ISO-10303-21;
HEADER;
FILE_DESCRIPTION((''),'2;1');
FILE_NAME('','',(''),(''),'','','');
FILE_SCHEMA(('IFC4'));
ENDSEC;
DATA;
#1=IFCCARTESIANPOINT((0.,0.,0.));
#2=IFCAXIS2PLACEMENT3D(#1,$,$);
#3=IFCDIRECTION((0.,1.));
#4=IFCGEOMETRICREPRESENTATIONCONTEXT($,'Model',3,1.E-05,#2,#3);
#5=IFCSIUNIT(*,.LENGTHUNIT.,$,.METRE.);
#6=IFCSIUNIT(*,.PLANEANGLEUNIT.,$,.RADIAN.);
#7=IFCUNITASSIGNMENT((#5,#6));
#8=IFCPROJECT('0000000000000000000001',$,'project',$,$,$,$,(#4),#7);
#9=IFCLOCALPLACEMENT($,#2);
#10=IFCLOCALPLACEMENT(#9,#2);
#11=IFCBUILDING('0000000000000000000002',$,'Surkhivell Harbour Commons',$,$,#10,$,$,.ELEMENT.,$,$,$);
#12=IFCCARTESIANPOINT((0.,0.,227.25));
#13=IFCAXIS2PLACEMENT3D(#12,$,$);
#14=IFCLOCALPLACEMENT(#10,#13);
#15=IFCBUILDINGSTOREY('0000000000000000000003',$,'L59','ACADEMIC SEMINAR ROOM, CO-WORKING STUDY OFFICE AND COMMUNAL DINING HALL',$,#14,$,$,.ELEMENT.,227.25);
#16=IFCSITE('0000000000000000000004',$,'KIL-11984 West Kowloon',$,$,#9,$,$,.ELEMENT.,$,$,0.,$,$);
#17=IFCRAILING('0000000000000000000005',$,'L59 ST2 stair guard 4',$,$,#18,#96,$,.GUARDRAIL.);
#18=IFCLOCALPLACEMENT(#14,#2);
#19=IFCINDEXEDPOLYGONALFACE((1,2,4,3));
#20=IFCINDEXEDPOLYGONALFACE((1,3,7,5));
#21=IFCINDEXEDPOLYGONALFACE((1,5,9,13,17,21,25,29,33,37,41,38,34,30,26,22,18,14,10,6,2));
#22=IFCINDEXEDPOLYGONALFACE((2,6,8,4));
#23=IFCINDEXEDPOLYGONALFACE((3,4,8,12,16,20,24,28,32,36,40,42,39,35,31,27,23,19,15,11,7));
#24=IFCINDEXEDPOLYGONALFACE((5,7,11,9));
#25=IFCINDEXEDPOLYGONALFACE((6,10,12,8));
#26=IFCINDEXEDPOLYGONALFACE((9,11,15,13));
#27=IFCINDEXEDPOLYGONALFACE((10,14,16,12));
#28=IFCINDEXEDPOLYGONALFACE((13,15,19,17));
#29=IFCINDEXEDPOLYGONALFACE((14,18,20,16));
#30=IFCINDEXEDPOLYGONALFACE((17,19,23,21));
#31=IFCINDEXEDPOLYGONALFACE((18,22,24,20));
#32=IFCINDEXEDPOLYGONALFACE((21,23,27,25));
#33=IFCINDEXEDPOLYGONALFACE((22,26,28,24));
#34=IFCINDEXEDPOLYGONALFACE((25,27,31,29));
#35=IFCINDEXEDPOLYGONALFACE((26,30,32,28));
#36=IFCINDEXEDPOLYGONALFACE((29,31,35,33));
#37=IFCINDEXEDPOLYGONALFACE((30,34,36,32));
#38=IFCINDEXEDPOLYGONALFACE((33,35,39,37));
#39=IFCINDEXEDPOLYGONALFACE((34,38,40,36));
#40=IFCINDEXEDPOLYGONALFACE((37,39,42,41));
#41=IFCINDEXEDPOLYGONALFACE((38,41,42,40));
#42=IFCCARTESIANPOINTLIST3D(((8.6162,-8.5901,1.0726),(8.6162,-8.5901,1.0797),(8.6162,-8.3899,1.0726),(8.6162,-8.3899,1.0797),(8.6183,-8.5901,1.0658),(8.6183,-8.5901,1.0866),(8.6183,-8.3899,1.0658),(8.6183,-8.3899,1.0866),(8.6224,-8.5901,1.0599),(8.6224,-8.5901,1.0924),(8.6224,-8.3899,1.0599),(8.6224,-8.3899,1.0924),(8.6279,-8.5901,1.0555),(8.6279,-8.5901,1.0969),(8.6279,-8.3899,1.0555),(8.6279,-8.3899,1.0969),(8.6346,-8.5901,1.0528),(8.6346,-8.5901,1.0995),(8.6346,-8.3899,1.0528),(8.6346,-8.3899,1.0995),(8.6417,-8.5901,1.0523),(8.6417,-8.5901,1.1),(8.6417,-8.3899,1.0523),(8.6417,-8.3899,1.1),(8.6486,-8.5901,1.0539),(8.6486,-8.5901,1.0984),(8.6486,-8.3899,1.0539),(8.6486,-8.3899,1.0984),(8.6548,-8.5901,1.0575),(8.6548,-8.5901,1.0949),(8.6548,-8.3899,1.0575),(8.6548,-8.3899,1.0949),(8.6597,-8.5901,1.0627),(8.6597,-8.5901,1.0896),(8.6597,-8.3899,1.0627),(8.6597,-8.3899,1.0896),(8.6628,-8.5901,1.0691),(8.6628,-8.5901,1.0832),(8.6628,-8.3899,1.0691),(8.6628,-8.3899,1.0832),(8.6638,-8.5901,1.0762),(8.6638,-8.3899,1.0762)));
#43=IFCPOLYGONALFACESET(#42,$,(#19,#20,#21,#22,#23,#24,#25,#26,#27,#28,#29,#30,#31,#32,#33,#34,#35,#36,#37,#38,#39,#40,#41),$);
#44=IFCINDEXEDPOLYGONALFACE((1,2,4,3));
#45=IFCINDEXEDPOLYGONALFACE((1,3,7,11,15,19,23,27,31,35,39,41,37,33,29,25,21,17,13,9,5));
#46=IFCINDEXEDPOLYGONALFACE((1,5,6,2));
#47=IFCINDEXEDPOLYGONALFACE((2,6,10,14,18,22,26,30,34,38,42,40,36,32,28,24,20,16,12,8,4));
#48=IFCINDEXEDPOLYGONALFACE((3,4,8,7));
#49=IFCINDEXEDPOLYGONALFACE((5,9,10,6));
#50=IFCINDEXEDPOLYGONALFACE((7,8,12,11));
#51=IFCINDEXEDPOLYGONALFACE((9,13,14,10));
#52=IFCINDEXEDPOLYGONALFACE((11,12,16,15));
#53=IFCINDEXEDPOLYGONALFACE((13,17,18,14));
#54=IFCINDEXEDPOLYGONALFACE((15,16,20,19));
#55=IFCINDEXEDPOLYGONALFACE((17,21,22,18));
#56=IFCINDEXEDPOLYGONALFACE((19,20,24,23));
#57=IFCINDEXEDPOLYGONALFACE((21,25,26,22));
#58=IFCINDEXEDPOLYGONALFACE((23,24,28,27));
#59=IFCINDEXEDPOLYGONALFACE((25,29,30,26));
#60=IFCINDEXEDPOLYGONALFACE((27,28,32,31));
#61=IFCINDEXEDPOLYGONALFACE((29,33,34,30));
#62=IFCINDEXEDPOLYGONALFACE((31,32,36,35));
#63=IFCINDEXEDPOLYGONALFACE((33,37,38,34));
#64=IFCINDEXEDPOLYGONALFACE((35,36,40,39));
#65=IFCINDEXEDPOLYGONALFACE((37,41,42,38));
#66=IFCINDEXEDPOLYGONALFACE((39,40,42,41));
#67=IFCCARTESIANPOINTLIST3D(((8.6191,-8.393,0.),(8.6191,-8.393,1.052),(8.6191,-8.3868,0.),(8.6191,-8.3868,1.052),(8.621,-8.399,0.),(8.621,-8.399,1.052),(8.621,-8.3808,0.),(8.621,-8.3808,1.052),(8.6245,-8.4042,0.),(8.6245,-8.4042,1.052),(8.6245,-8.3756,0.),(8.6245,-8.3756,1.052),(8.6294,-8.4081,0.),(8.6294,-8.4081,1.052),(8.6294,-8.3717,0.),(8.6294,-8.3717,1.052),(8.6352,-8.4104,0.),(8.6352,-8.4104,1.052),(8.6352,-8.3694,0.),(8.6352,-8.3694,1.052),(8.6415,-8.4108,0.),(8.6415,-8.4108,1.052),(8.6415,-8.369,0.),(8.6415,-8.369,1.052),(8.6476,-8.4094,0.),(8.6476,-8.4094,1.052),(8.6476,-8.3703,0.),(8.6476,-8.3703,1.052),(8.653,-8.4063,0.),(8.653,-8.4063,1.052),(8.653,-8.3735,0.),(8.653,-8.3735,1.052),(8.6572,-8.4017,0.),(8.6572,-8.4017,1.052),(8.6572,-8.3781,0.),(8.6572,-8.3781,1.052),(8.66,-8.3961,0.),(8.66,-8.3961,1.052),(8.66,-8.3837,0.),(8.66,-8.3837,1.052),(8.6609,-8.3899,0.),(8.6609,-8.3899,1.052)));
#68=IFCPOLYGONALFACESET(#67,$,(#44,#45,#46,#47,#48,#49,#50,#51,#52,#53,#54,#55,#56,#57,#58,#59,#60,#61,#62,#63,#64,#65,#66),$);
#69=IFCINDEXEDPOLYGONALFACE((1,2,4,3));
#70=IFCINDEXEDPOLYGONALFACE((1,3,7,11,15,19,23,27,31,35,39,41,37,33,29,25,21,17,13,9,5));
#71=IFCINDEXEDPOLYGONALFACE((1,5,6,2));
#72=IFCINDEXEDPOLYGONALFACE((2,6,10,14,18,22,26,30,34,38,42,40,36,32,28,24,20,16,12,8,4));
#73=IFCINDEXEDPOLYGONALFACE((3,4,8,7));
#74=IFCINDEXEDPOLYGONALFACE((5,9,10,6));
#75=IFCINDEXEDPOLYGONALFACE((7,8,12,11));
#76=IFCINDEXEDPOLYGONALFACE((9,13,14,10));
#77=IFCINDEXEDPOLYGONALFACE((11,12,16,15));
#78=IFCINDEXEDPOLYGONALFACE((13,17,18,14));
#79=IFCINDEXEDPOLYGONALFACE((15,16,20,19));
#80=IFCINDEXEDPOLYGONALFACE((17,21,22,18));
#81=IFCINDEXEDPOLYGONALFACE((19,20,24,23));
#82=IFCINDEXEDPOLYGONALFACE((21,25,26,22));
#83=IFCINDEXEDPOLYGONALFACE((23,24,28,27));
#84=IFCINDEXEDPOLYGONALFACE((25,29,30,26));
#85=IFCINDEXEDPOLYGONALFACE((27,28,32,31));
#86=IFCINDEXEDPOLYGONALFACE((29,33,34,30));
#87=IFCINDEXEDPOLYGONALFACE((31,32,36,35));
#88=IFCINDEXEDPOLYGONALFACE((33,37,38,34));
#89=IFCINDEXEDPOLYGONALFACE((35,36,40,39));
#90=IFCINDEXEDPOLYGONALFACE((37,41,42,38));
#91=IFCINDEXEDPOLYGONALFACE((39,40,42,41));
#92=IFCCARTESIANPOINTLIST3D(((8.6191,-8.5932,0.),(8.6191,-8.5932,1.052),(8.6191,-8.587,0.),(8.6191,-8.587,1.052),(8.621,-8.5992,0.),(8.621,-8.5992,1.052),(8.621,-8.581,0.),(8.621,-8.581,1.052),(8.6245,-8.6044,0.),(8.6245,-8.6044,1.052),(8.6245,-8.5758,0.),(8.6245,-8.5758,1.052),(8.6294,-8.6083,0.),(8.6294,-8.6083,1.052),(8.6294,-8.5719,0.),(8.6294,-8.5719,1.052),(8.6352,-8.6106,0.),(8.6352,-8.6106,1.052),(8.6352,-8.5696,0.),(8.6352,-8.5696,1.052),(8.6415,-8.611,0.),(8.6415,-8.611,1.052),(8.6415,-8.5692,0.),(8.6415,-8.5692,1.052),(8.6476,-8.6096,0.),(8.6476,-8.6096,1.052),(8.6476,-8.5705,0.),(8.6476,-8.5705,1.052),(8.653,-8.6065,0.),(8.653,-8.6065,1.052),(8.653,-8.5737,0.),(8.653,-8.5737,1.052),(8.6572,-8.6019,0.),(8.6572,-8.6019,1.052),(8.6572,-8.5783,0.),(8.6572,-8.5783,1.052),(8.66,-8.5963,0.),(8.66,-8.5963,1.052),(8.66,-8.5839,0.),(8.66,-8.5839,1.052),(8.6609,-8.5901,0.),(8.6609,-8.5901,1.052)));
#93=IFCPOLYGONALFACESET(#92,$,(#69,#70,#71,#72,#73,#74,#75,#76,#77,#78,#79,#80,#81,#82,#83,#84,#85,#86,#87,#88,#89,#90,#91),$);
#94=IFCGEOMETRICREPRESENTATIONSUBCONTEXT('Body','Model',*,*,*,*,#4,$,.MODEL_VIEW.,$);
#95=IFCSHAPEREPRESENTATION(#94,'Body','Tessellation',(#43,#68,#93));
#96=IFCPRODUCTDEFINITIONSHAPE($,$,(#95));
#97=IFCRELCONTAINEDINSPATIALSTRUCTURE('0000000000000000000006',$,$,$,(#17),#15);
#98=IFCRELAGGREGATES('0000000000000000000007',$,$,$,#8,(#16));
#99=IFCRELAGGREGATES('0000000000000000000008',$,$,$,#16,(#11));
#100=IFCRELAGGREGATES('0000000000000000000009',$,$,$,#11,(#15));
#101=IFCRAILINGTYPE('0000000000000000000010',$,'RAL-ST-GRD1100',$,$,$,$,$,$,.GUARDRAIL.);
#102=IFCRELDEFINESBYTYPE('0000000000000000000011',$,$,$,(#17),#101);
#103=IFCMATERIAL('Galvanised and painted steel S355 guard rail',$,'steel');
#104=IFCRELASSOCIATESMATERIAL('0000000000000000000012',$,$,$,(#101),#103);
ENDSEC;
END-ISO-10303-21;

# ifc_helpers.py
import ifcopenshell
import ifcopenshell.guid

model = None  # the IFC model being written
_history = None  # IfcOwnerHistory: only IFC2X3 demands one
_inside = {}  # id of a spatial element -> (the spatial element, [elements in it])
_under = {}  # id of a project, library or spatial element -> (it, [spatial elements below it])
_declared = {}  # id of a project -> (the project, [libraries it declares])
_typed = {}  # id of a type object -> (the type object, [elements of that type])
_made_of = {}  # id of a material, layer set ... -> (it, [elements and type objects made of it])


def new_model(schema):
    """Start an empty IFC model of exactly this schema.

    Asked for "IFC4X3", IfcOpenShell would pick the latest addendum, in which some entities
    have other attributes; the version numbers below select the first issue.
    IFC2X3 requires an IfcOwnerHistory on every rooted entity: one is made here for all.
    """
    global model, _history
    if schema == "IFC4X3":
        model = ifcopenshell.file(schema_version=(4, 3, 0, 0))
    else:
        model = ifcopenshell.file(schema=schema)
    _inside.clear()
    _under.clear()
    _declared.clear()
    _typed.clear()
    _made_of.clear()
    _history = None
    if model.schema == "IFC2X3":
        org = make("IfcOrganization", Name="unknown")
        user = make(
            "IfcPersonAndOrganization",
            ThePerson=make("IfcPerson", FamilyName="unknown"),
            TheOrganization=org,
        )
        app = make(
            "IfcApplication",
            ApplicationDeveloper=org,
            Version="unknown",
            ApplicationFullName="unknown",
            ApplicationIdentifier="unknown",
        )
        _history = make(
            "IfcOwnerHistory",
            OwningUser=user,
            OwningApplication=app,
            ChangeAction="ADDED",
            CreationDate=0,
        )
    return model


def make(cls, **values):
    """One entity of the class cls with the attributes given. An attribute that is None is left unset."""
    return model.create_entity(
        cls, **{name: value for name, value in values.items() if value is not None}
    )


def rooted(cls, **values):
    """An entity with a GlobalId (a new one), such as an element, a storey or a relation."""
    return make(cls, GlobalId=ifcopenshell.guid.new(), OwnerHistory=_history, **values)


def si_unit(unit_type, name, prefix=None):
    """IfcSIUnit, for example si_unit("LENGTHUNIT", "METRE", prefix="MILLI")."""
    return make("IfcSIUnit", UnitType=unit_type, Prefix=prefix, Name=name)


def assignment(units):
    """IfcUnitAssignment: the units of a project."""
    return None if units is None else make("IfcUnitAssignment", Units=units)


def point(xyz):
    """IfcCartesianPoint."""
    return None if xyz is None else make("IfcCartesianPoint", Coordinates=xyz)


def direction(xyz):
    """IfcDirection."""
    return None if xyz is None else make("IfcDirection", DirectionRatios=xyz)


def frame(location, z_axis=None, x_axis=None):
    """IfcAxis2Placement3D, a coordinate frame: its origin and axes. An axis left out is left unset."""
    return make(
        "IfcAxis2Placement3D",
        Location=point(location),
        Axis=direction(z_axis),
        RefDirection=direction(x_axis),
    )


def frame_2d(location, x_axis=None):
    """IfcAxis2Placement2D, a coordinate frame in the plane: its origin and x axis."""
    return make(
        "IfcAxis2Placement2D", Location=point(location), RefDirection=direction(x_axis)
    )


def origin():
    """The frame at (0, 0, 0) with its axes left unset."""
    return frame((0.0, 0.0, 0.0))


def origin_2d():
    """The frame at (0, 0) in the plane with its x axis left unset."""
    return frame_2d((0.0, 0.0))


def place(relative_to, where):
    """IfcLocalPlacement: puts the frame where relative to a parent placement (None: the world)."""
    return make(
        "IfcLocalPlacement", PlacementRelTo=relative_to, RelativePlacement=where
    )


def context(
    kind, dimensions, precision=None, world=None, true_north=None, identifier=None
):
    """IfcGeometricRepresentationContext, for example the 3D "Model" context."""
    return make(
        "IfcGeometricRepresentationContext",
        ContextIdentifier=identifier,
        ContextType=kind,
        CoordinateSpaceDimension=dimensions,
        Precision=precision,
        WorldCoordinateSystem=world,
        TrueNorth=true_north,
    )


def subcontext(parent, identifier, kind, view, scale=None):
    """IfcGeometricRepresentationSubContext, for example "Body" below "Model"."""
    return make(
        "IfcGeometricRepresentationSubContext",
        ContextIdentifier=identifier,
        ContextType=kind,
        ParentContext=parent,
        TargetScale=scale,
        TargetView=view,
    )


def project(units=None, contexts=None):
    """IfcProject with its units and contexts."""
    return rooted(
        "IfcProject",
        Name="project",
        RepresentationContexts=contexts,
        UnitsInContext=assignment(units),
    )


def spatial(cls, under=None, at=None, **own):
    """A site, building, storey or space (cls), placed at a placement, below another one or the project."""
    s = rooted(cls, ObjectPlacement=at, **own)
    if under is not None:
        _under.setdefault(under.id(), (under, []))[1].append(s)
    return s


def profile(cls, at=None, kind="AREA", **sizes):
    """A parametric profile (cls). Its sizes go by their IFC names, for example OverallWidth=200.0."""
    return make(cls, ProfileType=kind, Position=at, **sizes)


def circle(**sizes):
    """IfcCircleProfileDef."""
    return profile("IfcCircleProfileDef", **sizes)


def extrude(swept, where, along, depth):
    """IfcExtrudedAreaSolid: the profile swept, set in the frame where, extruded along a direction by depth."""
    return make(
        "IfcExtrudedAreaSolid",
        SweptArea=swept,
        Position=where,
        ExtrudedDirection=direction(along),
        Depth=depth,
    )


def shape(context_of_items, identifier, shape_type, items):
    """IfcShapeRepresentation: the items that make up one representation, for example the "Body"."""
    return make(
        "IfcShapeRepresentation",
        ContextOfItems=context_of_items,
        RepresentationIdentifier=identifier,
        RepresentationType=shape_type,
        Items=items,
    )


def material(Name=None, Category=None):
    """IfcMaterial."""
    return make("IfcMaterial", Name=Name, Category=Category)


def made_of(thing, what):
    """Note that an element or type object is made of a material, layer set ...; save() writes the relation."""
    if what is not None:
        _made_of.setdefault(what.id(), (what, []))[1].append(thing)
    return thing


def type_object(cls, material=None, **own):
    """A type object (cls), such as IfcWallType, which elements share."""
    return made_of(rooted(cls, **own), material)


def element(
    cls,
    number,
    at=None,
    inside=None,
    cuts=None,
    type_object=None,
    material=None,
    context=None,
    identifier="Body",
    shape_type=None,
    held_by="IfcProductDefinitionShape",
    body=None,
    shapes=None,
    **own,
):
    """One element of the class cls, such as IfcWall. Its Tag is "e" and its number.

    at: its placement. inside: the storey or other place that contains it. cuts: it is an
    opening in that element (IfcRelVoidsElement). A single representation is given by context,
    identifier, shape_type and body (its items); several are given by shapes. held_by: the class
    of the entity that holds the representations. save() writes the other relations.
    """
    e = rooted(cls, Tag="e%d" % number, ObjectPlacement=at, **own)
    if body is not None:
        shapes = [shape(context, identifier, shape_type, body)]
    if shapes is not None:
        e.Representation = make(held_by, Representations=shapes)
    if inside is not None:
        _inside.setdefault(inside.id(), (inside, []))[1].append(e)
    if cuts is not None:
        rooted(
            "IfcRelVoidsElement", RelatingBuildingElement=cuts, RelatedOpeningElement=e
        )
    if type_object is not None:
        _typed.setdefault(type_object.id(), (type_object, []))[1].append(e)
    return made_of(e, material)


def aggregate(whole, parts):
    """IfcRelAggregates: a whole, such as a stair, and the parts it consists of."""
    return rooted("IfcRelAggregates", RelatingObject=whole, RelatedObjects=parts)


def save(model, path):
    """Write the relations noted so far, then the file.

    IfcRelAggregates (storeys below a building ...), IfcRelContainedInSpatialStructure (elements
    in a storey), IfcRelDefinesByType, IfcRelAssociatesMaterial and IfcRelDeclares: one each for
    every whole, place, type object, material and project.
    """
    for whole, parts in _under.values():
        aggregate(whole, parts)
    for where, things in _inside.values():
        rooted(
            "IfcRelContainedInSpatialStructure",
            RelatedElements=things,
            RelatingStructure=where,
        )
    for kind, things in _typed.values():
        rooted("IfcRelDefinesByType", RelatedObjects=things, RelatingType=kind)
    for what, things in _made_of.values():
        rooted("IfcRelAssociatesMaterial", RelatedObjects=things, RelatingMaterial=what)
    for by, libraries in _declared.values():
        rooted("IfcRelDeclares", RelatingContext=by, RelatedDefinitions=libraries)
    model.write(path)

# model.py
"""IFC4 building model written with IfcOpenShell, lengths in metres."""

from ifc_helpers import new_model, si_unit, direction, frame, origin, origin_2d, place, context, subcontext, project, spatial, circle, extrude, material, type_object, element, save


model = new_model("IFC4")

# Units and contexts
model_context = context("Model", 3, precision=1e-05, world=origin(), true_north=direction((0.0, 1.0)))
body_context = subcontext(model_context, "Body", "Model", "MODEL_VIEW")
ifc_project = project(units=[si_unit("LENGTHUNIT", "METRE"), si_unit("PLANEANGLEUNIT", "RADIAN")], contexts=[model_context])

# Site, building, storey
site_placement = place(None, origin())
site = spatial("IfcSite", under=ifc_project, at=site_placement, Name="KIL-11984 West Kowloon", CompositionType="ELEMENT", RefElevation=0.0)
building_placement = place(site_placement, origin())
building = spatial("IfcBuilding", under=site, at=building_placement, Name="Surkhivell Harbour Commons", CompositionType="ELEMENT")
storey_placement = place(building_placement, frame((0.0, 0.0, 227.25)))
storey = spatial("IfcBuildingStorey", under=building, at=storey_placement, Name="L59", Description="ACADEMIC SEMINAR ROOM, CO-WORKING STUDY OFFICE AND COMMUNAL DINING HALL", CompositionType="ELEMENT", Elevation=227.25)

# Railing
ifc_material_1 = material(Name="Galvanised and painted steel S355 guard rail", Category="steel")
railing_type = type_object("IfcRailingType", Name="RAL-ST-GRD1100", PredefinedType="GUARDRAIL", material=ifc_material_1)
railing_1_placement = place(storey_placement, frame((8.6399, -8.3899, 0.0)))
element("IfcRailing", 1, at=railing_1_placement, inside=storey, type_object=railing_type, Name="L59 ST2 stair guard 4", PredefinedType="GUARDRAIL", context=body_context, shape_type="SweptSolid", body=[
    extrude(circle(Radius=0.0239, at=origin_2d()), frame((0.0, 0.0, 1.0762), z_axis=(0.0, -1.0, 0.0), x_axis=(1.0, 0.0, 0.0)), (0.0, 0.0, 1.0), 0.2002),
    extrude(circle(Radius=0.021, at=origin_2d()), origin(), (0.0, 0.0, 1.0), 1.052),
    extrude(circle(Radius=0.021, at=origin_2d()), frame((0.0, -0.2002, 0.0)), (0.0, 0.0, 1.0), 1.052),
])

save(model, "model.ifc")
